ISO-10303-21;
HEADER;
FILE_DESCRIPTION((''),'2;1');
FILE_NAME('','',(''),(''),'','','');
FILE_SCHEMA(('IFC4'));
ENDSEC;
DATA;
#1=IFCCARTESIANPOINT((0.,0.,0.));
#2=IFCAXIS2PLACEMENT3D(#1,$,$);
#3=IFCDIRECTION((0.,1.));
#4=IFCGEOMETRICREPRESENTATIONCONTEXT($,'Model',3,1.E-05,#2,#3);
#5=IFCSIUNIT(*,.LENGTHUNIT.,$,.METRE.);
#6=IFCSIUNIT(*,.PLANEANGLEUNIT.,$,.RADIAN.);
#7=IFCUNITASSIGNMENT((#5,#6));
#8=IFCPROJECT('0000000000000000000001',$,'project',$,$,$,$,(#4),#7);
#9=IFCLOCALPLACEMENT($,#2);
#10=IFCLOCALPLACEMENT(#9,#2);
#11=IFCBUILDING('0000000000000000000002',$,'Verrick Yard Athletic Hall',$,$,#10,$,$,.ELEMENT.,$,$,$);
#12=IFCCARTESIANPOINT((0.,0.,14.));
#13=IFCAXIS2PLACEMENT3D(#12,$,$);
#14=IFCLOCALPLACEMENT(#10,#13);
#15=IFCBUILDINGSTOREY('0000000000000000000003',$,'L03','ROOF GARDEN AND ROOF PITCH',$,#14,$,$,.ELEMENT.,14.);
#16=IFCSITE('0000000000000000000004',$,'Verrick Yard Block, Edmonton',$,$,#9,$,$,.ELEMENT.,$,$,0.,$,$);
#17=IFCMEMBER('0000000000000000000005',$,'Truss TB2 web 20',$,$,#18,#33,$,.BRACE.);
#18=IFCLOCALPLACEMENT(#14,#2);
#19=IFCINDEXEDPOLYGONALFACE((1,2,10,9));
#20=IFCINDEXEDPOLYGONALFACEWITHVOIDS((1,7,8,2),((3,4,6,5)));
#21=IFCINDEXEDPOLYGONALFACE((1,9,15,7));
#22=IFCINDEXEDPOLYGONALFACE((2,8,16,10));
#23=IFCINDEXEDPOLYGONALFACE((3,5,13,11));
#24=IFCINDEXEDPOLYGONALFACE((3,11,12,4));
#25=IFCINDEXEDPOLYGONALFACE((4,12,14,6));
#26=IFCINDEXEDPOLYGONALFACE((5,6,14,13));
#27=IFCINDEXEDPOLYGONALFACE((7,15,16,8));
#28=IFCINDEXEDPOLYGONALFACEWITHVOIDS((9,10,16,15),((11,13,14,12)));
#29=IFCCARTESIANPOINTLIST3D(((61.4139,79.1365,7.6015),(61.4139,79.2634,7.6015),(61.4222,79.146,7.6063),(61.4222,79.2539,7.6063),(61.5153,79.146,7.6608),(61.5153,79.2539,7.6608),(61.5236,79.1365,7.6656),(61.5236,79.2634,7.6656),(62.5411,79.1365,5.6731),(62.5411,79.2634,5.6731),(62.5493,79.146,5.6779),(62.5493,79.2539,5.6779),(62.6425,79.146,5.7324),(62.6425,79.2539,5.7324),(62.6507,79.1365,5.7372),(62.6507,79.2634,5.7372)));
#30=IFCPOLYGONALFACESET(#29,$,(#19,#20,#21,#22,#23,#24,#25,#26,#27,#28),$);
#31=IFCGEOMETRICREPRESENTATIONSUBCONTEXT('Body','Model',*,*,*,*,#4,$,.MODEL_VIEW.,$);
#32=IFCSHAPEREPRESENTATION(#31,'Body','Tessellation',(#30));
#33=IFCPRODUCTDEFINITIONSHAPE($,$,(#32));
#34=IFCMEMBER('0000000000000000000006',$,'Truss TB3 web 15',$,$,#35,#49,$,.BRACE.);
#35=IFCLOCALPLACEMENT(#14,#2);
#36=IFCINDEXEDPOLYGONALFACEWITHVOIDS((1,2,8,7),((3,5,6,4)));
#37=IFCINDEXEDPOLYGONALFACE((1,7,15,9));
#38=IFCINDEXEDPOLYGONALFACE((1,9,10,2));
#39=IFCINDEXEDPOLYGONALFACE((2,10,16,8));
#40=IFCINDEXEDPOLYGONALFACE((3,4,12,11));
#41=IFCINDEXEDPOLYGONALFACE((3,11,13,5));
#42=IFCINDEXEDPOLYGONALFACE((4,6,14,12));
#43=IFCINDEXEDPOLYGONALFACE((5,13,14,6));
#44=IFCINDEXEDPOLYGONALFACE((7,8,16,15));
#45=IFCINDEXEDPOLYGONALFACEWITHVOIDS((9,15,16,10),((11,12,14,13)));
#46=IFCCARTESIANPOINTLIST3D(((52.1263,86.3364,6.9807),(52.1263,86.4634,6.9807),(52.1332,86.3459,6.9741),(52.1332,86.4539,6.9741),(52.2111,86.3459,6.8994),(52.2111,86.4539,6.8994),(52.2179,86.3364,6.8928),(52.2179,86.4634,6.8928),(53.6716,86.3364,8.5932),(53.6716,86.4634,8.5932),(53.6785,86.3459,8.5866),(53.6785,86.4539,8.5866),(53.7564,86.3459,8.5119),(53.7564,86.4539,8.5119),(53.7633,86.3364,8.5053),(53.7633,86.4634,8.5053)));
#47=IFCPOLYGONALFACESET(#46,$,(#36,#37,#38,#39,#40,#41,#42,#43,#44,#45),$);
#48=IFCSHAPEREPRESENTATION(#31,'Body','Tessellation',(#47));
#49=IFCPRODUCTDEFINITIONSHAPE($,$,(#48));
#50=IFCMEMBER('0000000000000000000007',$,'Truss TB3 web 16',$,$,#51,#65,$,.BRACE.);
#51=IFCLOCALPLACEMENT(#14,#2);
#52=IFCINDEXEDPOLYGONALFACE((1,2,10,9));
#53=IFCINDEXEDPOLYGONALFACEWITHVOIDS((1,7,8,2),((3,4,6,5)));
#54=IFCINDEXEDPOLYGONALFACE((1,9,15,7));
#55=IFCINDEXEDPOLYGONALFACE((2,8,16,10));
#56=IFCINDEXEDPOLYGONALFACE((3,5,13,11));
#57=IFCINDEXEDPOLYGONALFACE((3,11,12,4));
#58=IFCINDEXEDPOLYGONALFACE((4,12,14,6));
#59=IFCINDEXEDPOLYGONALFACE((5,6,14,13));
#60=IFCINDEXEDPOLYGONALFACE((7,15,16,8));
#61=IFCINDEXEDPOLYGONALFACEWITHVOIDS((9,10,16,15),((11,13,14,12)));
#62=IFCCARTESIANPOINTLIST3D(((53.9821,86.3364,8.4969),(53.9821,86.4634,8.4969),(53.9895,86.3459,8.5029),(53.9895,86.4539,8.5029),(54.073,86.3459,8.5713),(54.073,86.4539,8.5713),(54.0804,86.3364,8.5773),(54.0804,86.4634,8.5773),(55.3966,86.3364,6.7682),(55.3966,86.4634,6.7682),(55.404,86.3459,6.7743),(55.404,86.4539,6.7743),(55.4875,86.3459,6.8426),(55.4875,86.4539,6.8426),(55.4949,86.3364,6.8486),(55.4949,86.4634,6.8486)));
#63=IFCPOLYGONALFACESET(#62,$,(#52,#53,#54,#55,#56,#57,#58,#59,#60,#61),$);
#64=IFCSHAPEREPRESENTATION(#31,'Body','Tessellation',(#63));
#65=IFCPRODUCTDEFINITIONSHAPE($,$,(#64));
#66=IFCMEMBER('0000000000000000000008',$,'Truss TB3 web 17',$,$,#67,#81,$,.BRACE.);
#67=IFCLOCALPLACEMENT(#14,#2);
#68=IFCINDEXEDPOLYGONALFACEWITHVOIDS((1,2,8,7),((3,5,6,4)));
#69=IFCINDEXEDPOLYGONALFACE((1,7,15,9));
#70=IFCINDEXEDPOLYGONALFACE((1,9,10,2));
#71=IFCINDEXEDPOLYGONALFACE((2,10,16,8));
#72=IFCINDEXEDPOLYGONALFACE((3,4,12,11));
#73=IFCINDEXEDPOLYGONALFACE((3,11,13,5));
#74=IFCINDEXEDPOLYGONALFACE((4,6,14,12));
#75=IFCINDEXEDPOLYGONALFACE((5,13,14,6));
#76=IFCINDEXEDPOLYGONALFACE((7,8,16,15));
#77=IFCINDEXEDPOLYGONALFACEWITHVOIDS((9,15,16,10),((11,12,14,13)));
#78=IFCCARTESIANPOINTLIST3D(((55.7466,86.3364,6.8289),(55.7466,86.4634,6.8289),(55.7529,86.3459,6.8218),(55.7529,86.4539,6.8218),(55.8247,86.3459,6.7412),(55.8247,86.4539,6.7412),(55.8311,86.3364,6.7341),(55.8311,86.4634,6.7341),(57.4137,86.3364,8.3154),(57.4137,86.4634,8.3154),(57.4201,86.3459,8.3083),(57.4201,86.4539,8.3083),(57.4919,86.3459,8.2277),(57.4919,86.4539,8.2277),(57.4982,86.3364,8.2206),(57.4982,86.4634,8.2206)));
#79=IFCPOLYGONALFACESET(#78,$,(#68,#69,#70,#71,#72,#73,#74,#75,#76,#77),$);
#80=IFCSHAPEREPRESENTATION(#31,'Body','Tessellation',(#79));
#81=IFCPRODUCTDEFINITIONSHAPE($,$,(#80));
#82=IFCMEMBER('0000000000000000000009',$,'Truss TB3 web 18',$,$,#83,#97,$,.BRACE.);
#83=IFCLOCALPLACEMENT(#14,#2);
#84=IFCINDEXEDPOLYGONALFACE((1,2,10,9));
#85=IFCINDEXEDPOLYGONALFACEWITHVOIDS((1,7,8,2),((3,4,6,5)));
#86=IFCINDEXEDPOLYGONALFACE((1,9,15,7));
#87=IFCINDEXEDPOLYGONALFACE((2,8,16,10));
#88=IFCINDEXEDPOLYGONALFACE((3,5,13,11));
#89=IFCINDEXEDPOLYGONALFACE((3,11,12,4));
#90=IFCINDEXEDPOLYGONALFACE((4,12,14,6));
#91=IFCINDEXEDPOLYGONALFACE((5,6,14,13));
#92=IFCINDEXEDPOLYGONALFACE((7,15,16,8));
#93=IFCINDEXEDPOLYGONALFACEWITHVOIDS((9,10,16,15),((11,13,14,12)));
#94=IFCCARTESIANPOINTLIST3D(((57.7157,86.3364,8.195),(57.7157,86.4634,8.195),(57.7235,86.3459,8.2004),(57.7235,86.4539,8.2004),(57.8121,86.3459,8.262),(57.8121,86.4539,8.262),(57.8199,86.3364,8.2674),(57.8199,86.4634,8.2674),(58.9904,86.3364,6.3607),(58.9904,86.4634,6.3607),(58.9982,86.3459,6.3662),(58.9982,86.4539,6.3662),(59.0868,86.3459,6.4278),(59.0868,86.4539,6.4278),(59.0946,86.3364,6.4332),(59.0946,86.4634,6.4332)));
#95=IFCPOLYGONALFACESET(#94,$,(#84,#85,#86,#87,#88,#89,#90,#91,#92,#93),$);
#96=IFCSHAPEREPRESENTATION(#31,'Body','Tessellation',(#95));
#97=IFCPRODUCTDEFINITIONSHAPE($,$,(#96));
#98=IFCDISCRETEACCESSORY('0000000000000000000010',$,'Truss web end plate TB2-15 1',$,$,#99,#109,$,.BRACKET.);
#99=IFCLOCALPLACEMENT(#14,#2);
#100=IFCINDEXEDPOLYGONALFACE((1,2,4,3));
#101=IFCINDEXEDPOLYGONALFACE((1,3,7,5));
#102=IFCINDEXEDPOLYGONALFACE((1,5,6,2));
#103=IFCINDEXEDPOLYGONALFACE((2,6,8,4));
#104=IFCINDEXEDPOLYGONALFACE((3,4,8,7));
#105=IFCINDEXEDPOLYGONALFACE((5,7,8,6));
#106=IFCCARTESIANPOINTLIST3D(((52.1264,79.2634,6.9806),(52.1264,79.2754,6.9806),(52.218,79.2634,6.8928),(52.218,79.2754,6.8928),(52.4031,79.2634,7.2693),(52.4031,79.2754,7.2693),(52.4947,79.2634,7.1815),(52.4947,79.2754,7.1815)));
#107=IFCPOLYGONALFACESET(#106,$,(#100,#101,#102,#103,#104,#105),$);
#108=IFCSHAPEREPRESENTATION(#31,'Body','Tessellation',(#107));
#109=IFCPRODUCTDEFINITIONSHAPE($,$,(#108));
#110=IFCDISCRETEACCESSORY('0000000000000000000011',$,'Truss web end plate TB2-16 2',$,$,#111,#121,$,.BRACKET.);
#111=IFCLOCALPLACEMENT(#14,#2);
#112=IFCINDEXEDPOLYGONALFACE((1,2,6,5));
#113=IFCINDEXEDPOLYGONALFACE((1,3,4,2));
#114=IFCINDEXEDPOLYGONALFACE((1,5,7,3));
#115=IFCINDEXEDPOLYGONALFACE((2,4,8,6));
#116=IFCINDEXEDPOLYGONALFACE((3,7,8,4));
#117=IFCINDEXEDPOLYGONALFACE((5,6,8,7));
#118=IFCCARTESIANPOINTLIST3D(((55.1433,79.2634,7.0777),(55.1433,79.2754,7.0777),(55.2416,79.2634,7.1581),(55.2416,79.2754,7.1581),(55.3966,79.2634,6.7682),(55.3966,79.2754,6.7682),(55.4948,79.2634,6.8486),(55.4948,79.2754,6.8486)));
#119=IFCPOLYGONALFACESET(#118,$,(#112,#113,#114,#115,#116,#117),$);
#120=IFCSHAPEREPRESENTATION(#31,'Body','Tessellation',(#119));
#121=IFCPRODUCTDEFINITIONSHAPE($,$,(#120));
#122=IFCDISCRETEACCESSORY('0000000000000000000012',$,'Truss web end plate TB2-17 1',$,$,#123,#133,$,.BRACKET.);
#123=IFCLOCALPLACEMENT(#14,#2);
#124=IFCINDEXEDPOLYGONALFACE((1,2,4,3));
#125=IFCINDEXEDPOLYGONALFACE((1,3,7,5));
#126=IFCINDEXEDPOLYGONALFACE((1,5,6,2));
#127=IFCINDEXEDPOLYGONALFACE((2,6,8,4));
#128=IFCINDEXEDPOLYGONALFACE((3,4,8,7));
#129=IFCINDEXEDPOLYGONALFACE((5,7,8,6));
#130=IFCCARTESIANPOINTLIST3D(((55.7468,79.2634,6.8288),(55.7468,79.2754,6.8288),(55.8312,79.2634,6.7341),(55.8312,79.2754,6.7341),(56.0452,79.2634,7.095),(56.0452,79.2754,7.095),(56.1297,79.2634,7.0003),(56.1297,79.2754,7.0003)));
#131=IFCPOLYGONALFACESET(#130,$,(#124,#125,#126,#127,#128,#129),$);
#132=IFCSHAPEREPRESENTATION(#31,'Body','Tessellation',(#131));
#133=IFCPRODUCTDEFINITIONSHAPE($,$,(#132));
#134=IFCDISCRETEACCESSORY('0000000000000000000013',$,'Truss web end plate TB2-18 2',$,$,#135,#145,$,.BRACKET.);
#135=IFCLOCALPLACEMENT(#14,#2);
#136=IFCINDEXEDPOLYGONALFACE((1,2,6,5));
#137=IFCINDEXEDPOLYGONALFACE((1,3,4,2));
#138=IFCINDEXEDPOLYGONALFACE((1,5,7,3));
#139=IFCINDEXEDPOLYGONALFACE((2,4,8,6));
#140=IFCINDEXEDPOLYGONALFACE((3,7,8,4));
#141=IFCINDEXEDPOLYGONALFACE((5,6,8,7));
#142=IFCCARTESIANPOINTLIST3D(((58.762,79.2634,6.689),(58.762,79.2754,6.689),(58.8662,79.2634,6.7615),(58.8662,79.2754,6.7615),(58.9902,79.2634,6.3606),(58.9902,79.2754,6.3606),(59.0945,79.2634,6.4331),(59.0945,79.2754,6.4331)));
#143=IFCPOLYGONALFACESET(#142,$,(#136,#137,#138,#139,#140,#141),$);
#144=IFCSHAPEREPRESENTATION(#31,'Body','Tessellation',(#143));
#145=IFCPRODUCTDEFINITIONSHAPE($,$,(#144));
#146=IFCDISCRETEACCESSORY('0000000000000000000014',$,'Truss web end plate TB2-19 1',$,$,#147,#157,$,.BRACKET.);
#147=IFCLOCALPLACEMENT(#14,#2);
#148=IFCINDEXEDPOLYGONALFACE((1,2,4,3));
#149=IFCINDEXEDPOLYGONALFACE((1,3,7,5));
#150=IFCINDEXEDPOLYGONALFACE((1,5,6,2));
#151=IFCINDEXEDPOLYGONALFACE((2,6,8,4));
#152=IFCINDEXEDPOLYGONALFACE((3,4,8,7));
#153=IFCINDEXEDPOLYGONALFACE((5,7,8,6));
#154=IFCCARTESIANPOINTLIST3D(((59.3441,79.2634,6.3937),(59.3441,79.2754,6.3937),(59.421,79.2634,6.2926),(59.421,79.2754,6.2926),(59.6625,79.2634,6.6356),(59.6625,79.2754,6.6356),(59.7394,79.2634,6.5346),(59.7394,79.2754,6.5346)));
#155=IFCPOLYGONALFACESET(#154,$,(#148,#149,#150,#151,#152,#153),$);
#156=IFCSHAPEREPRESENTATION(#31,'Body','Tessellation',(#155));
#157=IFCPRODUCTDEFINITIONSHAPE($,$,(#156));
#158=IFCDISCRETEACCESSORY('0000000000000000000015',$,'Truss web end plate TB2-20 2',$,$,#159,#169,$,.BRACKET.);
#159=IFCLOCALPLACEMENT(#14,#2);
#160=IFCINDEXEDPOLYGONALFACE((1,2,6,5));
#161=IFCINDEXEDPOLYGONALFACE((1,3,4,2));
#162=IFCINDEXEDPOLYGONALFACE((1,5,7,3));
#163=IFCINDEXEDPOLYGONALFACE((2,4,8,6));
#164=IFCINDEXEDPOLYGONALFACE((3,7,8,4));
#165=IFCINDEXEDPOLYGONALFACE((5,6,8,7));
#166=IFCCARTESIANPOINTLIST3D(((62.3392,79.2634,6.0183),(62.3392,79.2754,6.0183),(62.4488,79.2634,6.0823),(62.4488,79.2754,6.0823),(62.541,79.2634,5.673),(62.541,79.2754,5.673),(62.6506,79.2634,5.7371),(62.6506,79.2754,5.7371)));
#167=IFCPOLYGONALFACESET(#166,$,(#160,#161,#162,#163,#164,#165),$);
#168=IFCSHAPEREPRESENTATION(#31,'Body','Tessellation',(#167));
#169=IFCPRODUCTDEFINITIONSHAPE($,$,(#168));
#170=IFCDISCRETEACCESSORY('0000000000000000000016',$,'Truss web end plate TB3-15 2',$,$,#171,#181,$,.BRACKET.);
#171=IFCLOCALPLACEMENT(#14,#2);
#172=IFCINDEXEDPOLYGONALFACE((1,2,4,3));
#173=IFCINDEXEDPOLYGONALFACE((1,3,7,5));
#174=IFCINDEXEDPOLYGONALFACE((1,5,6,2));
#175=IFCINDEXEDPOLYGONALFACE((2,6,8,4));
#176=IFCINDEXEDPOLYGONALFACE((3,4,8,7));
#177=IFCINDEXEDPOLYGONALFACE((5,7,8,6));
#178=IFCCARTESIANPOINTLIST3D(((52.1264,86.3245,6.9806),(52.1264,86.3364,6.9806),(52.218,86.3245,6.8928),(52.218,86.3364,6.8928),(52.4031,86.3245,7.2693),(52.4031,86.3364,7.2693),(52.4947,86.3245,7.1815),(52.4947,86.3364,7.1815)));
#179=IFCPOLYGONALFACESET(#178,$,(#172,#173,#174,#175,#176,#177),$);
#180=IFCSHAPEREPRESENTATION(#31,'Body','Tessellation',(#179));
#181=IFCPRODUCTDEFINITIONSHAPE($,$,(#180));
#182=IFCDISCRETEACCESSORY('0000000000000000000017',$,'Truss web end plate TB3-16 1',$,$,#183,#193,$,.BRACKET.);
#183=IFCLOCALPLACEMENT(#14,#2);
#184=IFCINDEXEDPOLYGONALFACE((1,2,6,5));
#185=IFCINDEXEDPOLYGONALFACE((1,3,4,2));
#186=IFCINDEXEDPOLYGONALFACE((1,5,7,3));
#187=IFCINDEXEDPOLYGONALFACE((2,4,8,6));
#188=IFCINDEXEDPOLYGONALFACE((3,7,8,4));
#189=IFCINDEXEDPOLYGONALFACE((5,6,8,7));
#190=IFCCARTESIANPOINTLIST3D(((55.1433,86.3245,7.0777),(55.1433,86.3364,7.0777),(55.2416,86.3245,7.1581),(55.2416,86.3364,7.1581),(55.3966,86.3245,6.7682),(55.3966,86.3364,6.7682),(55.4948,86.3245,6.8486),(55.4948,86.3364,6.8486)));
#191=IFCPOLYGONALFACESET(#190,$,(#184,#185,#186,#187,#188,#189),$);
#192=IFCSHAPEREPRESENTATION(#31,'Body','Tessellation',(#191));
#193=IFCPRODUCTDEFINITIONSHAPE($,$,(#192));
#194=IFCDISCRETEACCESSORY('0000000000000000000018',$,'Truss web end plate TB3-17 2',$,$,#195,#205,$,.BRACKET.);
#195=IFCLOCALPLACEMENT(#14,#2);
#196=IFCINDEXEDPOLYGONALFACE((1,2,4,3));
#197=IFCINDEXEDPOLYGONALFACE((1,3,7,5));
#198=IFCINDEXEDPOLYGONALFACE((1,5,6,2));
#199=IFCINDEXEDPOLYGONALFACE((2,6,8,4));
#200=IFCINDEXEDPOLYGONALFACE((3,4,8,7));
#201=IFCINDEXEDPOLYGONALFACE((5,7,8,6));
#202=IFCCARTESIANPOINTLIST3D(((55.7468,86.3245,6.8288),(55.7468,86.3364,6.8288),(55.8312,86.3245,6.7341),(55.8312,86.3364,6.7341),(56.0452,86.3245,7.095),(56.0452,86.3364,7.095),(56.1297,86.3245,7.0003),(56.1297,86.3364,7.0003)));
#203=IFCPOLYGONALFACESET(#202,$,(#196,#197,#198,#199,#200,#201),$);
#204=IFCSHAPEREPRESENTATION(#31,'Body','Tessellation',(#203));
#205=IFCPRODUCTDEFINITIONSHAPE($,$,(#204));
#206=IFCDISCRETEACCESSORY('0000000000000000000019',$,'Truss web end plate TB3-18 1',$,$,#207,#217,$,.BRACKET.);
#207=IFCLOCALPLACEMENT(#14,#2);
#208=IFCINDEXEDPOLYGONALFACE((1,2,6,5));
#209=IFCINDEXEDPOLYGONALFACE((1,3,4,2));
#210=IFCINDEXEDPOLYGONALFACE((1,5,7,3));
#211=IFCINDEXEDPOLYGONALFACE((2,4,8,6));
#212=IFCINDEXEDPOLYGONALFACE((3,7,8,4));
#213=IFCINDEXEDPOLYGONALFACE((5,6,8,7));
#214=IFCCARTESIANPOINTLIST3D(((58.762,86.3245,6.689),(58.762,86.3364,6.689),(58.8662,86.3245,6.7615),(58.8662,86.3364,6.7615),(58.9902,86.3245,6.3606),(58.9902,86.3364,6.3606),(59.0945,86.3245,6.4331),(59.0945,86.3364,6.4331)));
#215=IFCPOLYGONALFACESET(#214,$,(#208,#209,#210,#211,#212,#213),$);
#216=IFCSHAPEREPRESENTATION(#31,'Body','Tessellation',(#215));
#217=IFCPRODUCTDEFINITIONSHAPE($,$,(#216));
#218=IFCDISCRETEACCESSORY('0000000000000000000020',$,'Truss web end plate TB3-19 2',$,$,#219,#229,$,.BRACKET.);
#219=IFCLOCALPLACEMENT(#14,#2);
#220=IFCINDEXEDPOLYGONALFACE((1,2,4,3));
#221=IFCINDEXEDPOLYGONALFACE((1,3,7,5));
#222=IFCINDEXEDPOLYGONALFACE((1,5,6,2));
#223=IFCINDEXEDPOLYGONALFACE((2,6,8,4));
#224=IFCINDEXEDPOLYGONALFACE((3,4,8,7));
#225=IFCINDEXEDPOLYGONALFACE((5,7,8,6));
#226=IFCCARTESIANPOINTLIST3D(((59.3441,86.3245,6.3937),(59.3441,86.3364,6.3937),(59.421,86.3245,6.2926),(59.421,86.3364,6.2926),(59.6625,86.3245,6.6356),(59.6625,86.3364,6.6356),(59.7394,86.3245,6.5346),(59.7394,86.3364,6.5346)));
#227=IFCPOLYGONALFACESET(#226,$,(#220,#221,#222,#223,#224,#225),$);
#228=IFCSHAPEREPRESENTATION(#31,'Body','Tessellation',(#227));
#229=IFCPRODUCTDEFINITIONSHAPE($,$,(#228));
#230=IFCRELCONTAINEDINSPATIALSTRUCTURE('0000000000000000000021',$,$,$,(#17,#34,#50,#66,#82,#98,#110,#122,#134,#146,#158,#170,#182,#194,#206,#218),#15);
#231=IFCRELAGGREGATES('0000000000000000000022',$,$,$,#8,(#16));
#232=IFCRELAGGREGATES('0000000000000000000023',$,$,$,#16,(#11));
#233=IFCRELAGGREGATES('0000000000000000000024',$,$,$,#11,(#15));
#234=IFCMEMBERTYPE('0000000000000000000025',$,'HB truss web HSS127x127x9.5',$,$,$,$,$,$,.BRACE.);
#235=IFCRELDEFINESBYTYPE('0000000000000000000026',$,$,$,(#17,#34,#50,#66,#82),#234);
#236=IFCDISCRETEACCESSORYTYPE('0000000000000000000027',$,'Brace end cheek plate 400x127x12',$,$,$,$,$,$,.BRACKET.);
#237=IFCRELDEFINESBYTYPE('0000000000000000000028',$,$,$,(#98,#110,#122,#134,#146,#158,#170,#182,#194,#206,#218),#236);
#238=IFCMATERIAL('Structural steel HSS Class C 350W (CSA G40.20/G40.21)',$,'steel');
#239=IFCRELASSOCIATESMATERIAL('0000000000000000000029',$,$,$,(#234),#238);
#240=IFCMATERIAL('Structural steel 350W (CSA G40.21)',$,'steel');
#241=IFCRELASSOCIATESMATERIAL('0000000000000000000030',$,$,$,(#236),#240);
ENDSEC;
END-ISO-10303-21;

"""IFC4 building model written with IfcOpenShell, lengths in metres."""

from ifc_helpers import new_model, si_unit, direction, frame, origin, origin_2d, place, context, subcontext, project, spatial, rectangle, hollow_rectangle, extrude, material, material_profile, profile_set, type_object, element, save


model = new_model("IFC4")

# Units and contexts
model_context = context("Model", 3, precision=1e-05, world=origin(), true_north=direction((0.0, 1.0)))
body_context = subcontext(model_context, "Body", "Model", "MODEL_VIEW")
ifc_project = project(units=[si_unit("LENGTHUNIT", "METRE"), si_unit("PLANEANGLEUNIT", "RADIAN")], contexts=[model_context])

# Site, building, storey
site_placement = place(None, origin())
site = spatial("IfcSite", under=ifc_project, at=site_placement, Name="Verrick Yard Block, Edmonton", CompositionType="ELEMENT", RefElevation=0.0)
building_placement = place(site_placement, origin())
building = spatial("IfcBuilding", under=site, at=building_placement, Name="Verrick Yard Athletic Hall", CompositionType="ELEMENT")
storey_placement = place(building_placement, frame((0.0, 0.0, 14.0)))
storey = spatial("IfcBuildingStorey", under=building, at=storey_placement, Name="L03", Description="ROOF GARDEN AND ROOF PITCH", CompositionType="ELEMENT", Elevation=14.0)

# Members
ifc_material_1 = material(Name="Structural steel HSS Class C 350W (CSA G40.20/G40.21)", Category="steel")
ifc_material_profile_1 = material_profile(ifc_material_1, hollow_rectangle(XDim=0.127, YDim=0.127, WallThickness=0.0095, at=origin_2d()), Name="HSS127x127x9.5")
ifc_profile_set_1 = profile_set([ifc_material_profile_1], Name="Structural steel HSS Class C 350W (CSA G40.20/G40.21)")
member_type_1 = type_object("IfcMemberType", Name="HB truss web HSS127x127x9.5", PredefinedType="BRACE", material=ifc_profile_set_1)
member_1_placement = place(storey_placement, frame((61.4688, 79.2, 7.6335), z_axis=(0.504625, 0.0, -0.863339), x_axis=(0.0, 1.0, 0.0)))
element("IfcMember", 1, at=member_1_placement, inside=storey, type_object=member_type_1, Name="Truss TB2 web 20", PredefinedType="BRACE", context=body_context, shape_type="SweptSolid", body=[
    extrude(hollow_rectangle(XDim=0.127, YDim=0.127, WallThickness=0.0095, at=origin_2d()), origin(), (0.0, 0.0, 1.0), 2.2336),
])
member_2_placement = place(storey_placement, frame((52.1721, 86.3999, 6.9368), z_axis=(0.691917, 0.0, 0.721977), x_axis=(0.0, 1.0, 0.0)))
element("IfcMember", 2, at=member_2_placement, inside=storey, type_object=member_type_1, Name="Truss TB3 web 15", PredefinedType="BRACE", context=body_context, shape_type="SweptSolid", body=[
    extrude(hollow_rectangle(XDim=0.127, YDim=0.127, WallThickness=0.0095, at=origin_2d()), origin(), (0.0, 0.0, 1.0), 2.2334),
])
for number, where, z_axis, x_axis, name in (
    (3, (54.0312, 86.3999, 8.5371), (0.633268, 0.0, -0.773933), (0.0, 1.0, 0.0), "Truss TB3 web 16"),
    (4, (55.7888, 86.3999, 6.7815), (0.746389, 0.0, 0.66551), (0.0, 1.0, 0.0), "Truss TB3 web 17"),
    (5, (57.7678, 86.3999, 8.2312), (0.570664, 0.0, -0.821184), (0.0, 1.0, 0.0), "Truss TB3 web 18"),
):
    element("IfcMember", number, at=place(storey_placement, frame(where, z_axis=z_axis, x_axis=x_axis)), inside=storey, type_object=member_type_1, Name=name, PredefinedType="BRACE", context=body_context, shape_type="SweptSolid", body=[
        extrude(hollow_rectangle(XDim=0.127, YDim=0.127, WallThickness=0.0095, at=origin_2d()), origin(), (0.0, 0.0, 1.0), 2.2336),
    ])

# Discrete accessories
ifc_material_2 = material(Name="Structural steel 350W (CSA G40.21)", Category="steel")
ifc_material_profile_2 = material_profile(ifc_material_2, rectangle(XDim=0.3999, YDim=0.127, at=origin_2d()), Name="Brace end cheek plate")
ifc_profile_set_2 = profile_set([ifc_material_profile_2], Name="Structural steel 350W (CSA G40.21)")
discrete_accessory_type = type_object("IfcDiscreteAccessoryType", Name="Brace end cheek plate 400x127x12", PredefinedType="BRACKET", material=ifc_profile_set_2)
for number, where, z_axis, x_axis, name in (
    (6, (52.3105, 79.2634, 7.0811), (0.0, 1.0, 0.0), (0.691925, 0.0, 0.721969), "Truss web end plate TB2-15 1"),
    (7, (55.3191, 79.2634, 6.9631), (0.0, 1.0, 0.0), (-0.633246, 0.0, 0.773951), "Truss web end plate TB2-16 2"),
    (8, (55.9382, 79.2634, 6.9146), (0.0, 1.0, 0.0), (0.746352, 0.0, 0.665551), "Truss web end plate TB2-17 1"),
    (9, (58.9282, 79.2634, 6.561), (0.0, 1.0, 0.0), (-0.570674, 0.0, 0.821176), "Truss web end plate TB2-18 2"),
    (10, (59.5417, 79.2634, 6.4641), (0.0, 1.0, 0.0), (0.796193, 0.0, 0.605042), "Truss web end plate TB2-19 1"),
    (11, (62.4949, 79.2634, 5.8777), (0.0, 1.0, 0.0), (-0.504597, 0.0, 0.863355), "Truss web end plate TB2-20 2"),
    (12, (52.3105, 86.3364, 7.0811), (0.0, -1.0, 0.0), (0.691925, 0.0, 0.721969), "Truss web end plate TB3-15 2"),
    (13, (55.3191, 86.3364, 6.9631), (0.0, -1.0, 0.0), (-0.633246, 0.0, 0.773951), "Truss web end plate TB3-16 1"),
    (14, (55.9382, 86.3364, 6.9146), (0.0, -1.0, 0.0), (0.746352, 0.0, 0.665551), "Truss web end plate TB3-17 2"),
    (15, (58.9282, 86.3364, 6.561), (0.0, -1.0, 0.0), (-0.570674, 0.0, 0.821176), "Truss web end plate TB3-18 1"),
    (16, (59.5417, 86.3364, 6.4641), (0.0, -1.0, 0.0), (0.796193, 0.0, 0.605042), "Truss web end plate TB3-19 2"),
):
    element("IfcDiscreteAccessory", number, at=place(storey_placement, frame(where, z_axis=z_axis, x_axis=x_axis)), inside=storey, type_object=discrete_accessory_type, Name=name, PredefinedType="BRACKET", context=body_context, shape_type="SweptSolid", body=[
        extrude(rectangle(XDim=0.3999, YDim=0.127, at=origin_2d()), origin(), (0.0, 0.0, 1.0), 0.012),
    ])

save(model, "model.ifc")
